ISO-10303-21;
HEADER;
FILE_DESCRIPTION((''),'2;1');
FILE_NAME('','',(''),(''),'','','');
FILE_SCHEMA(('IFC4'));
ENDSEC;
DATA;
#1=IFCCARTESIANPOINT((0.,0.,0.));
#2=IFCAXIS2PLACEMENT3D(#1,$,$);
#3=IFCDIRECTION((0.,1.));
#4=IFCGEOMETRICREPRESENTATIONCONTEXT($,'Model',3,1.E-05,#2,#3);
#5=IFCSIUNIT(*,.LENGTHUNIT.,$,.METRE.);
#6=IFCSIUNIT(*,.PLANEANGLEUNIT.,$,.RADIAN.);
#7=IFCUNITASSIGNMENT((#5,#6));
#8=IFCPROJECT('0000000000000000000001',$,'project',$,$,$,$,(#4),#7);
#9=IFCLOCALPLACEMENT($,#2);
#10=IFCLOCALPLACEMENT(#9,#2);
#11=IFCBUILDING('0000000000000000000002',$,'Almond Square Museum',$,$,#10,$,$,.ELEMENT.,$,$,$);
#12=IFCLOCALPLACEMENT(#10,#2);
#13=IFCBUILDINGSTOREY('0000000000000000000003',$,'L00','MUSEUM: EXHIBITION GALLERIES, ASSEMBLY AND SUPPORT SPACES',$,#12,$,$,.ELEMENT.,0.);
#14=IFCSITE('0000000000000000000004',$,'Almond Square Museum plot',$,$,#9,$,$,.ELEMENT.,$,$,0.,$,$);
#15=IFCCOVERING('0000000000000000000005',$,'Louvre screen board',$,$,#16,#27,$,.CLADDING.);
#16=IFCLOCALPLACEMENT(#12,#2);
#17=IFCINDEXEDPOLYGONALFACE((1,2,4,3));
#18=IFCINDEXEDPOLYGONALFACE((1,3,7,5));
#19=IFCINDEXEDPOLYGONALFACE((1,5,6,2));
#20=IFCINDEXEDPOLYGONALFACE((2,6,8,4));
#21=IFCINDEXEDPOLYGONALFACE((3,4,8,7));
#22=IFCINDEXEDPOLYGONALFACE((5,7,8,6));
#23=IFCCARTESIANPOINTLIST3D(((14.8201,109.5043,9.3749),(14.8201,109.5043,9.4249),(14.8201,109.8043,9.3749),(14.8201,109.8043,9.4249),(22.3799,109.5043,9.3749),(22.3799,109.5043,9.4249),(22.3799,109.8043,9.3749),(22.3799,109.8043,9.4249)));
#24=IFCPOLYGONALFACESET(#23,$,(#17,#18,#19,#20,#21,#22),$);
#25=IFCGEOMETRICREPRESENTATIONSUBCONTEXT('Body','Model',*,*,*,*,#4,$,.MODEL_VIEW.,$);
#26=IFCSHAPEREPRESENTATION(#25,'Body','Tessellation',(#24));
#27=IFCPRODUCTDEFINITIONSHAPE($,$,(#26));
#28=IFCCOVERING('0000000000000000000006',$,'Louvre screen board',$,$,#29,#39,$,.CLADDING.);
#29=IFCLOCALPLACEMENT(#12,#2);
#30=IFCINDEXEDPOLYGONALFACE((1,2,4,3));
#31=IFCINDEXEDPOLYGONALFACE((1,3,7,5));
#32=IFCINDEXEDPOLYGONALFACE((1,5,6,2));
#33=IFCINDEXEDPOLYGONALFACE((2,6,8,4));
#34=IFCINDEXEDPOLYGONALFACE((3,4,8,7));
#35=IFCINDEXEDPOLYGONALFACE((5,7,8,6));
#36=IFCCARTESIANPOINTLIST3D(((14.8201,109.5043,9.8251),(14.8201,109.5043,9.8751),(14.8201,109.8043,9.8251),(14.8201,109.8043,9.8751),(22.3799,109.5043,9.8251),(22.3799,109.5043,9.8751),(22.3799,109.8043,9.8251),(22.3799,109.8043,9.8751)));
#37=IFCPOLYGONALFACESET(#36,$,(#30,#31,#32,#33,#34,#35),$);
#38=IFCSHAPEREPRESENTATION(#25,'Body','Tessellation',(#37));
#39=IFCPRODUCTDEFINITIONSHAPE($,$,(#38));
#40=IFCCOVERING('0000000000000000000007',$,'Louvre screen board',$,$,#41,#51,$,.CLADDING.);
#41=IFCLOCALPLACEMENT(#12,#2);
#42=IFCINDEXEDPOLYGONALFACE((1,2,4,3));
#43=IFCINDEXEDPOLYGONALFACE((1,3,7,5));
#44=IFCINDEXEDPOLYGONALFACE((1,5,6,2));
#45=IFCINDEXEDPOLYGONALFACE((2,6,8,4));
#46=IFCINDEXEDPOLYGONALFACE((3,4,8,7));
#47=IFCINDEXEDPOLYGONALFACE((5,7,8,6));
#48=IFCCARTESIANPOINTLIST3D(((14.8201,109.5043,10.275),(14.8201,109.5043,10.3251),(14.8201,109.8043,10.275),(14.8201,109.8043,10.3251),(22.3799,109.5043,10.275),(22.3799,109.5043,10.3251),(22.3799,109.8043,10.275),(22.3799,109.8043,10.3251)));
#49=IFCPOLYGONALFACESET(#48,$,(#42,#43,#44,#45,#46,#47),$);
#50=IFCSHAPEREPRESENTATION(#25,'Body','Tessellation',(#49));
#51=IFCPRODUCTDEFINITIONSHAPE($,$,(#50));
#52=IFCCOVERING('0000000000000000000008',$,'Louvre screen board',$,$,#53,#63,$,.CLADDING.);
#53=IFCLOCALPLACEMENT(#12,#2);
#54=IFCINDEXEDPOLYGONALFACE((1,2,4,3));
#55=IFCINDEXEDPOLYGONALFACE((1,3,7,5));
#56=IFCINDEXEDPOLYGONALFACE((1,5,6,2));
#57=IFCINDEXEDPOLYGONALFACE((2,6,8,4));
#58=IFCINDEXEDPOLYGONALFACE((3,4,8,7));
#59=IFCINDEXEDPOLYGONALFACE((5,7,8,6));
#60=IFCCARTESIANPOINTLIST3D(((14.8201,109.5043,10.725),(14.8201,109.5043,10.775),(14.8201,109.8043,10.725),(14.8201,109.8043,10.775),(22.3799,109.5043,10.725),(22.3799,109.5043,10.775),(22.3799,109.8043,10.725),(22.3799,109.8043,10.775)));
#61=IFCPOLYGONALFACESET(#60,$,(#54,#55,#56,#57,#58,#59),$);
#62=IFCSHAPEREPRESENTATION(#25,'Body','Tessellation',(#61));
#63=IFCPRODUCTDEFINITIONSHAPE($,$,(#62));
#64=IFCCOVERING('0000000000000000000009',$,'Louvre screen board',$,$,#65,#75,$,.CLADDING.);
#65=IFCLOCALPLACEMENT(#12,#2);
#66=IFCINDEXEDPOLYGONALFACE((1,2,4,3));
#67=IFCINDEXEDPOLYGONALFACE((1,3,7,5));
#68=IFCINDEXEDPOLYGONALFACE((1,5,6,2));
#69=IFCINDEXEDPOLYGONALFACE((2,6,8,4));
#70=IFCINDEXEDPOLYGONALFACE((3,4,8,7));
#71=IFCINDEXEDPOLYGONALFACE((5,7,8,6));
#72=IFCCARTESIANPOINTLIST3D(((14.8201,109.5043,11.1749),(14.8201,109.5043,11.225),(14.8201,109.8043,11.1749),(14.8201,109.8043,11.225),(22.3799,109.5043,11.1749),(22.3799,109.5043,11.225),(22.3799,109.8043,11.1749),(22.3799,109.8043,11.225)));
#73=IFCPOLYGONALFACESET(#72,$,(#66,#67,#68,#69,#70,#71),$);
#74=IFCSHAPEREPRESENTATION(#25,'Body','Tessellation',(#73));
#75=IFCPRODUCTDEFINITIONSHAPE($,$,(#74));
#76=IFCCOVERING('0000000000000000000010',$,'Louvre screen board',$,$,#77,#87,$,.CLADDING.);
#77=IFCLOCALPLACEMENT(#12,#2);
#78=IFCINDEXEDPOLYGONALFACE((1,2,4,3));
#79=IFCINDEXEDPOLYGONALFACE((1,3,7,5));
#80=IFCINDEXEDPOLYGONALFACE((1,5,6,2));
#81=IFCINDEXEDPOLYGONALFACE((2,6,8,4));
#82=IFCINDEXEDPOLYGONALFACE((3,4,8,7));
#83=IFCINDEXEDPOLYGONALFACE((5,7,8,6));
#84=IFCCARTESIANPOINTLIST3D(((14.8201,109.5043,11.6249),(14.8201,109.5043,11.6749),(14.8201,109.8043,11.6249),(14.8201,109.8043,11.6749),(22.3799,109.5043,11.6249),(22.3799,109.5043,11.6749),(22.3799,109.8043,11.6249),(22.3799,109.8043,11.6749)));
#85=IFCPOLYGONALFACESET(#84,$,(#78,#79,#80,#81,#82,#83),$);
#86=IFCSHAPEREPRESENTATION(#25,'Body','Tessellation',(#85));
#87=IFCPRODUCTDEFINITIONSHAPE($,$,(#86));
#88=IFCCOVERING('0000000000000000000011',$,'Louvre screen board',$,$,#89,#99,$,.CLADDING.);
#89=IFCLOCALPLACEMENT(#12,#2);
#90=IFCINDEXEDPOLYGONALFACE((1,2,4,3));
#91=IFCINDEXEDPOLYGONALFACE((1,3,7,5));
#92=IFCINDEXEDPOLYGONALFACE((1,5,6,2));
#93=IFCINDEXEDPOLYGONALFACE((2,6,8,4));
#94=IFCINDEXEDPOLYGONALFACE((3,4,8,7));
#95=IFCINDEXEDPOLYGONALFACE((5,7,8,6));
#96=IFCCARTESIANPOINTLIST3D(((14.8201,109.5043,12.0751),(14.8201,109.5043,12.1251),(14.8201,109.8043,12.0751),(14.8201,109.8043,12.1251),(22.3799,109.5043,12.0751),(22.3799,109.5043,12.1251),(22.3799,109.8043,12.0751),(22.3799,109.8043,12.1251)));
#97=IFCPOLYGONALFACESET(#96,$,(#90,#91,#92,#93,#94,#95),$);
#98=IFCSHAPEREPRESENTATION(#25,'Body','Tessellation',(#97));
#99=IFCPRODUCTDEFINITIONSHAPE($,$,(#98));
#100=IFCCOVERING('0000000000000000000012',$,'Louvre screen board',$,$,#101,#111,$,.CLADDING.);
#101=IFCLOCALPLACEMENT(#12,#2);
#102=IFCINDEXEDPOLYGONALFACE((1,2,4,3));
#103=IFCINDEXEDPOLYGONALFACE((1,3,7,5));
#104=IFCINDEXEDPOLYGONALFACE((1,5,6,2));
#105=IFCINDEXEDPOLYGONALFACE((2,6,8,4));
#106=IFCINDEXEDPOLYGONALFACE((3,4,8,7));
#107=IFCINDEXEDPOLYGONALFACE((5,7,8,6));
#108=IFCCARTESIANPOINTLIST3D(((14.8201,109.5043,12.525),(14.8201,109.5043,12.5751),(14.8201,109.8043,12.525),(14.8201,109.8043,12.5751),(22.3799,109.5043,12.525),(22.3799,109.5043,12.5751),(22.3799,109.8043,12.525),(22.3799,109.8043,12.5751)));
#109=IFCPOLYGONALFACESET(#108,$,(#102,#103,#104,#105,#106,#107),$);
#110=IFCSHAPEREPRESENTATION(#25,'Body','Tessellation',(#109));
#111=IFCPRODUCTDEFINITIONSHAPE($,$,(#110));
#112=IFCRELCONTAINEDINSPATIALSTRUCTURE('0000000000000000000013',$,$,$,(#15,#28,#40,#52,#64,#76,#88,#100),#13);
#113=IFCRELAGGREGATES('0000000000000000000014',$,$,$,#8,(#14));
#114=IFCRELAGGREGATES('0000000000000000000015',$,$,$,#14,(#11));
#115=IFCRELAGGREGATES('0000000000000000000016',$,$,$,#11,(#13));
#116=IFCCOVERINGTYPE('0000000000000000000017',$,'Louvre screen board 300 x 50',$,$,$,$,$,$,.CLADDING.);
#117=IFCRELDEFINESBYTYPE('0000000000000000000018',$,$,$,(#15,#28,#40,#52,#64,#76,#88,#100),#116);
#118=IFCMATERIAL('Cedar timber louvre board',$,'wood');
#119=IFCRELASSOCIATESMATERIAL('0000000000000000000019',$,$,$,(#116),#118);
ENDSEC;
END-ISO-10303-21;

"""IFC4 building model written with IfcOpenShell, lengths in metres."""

from ifc_helpers import new_model, si_unit, direction, frame, origin, origin_2d, place, context, subcontext, project, spatial, rectangle, extrude, material, material_profile, profile_set, type_object, element, save


model = new_model("IFC4")

# Units and contexts
model_context = context("Model", 3, precision=1e-05, world=origin(), true_north=direction((0.0, 1.0)))
body_context = subcontext(model_context, "Body", "Model", "MODEL_VIEW")
ifc_project = project(units=[si_unit("LENGTHUNIT", "METRE"), si_unit("PLANEANGLEUNIT", "RADIAN")], contexts=[model_context])

# Site, building, storey
site_placement = place(None, origin())
site = spatial("IfcSite", under=ifc_project, at=site_placement, Name="Almond Square Museum plot", CompositionType="ELEMENT", RefElevation=0.0)
building_placement = place(site_placement, origin())
building = spatial("IfcBuilding", under=site, at=building_placement, Name="Almond Square Museum", CompositionType="ELEMENT")
storey_placement = place(building_placement, origin())
storey = spatial("IfcBuildingStorey", under=building, at=storey_placement, Name="L00", Description="MUSEUM: EXHIBITION GALLERIES, ASSEMBLY AND SUPPORT SPACES", CompositionType="ELEMENT", Elevation=0.0)

# Coverings
ifc_material = material(Name="Cedar timber louvre board", Category="wood")
ifc_material_profile = material_profile(ifc_material, rectangle(XDim=0.3, YDim=0.05, at=origin_2d()))
ifc_profile_set = profile_set([ifc_material_profile], Name="Cedar timber louvre board")
covering_type = type_object("IfcCoveringType", Name="Louvre screen board 300 x 50", PredefinedType="CLADDING", material=ifc_profile_set)
for number, where, z_axis, x_axis, name in (
    (1, (14.8201, 109.6543, 9.3999), (1.0, 0.0, 0.0), (0.0, 1.0, 0.0), "Louvre screen board"),
    (2, (14.8201, 109.6543, 9.8501), (1.0, 0.0, 0.0), (0.0, 1.0, 0.0), "Louvre screen board"),
    (3, (14.8201, 109.6543, 10.3), (1.0, 0.0, 0.0), (0.0, 1.0, 0.0), "Louvre screen board"),
    (4, (14.8201, 109.6543, 10.75), (1.0, 0.0, 0.0), (0.0, 1.0, 0.0), "Louvre screen board"),
    (5, (14.8201, 109.6543, 11.2), (1.0, 0.0, 0.0), (0.0, 1.0, 0.0), "Louvre screen board"),
    (6, (14.8201, 109.6543, 11.6499), (1.0, 0.0, 0.0), (0.0, 1.0, 0.0), "Louvre screen board"),
    (7, (14.8201, 109.6543, 12.1001), (1.0, 0.0, 0.0), (0.0, 1.0, 0.0), "Louvre screen board"),
    (8, (14.8201, 109.6543, 12.55), (1.0, 0.0, 0.0), (0.0, 1.0, 0.0), "Louvre screen board"),
):
    element("IfcCovering", number, at=place(storey_placement, frame(where, z_axis=z_axis, x_axis=x_axis)), inside=storey, type_object=covering_type, Name=name, PredefinedType="CLADDING", context=body_context, shape_type="SweptSolid", body=[
        extrude(rectangle(XDim=0.3, YDim=0.05, at=origin_2d()), origin(), (0.0, 0.0, 1.0), 7.5598),
    ])

save(model, "model.ifc")
